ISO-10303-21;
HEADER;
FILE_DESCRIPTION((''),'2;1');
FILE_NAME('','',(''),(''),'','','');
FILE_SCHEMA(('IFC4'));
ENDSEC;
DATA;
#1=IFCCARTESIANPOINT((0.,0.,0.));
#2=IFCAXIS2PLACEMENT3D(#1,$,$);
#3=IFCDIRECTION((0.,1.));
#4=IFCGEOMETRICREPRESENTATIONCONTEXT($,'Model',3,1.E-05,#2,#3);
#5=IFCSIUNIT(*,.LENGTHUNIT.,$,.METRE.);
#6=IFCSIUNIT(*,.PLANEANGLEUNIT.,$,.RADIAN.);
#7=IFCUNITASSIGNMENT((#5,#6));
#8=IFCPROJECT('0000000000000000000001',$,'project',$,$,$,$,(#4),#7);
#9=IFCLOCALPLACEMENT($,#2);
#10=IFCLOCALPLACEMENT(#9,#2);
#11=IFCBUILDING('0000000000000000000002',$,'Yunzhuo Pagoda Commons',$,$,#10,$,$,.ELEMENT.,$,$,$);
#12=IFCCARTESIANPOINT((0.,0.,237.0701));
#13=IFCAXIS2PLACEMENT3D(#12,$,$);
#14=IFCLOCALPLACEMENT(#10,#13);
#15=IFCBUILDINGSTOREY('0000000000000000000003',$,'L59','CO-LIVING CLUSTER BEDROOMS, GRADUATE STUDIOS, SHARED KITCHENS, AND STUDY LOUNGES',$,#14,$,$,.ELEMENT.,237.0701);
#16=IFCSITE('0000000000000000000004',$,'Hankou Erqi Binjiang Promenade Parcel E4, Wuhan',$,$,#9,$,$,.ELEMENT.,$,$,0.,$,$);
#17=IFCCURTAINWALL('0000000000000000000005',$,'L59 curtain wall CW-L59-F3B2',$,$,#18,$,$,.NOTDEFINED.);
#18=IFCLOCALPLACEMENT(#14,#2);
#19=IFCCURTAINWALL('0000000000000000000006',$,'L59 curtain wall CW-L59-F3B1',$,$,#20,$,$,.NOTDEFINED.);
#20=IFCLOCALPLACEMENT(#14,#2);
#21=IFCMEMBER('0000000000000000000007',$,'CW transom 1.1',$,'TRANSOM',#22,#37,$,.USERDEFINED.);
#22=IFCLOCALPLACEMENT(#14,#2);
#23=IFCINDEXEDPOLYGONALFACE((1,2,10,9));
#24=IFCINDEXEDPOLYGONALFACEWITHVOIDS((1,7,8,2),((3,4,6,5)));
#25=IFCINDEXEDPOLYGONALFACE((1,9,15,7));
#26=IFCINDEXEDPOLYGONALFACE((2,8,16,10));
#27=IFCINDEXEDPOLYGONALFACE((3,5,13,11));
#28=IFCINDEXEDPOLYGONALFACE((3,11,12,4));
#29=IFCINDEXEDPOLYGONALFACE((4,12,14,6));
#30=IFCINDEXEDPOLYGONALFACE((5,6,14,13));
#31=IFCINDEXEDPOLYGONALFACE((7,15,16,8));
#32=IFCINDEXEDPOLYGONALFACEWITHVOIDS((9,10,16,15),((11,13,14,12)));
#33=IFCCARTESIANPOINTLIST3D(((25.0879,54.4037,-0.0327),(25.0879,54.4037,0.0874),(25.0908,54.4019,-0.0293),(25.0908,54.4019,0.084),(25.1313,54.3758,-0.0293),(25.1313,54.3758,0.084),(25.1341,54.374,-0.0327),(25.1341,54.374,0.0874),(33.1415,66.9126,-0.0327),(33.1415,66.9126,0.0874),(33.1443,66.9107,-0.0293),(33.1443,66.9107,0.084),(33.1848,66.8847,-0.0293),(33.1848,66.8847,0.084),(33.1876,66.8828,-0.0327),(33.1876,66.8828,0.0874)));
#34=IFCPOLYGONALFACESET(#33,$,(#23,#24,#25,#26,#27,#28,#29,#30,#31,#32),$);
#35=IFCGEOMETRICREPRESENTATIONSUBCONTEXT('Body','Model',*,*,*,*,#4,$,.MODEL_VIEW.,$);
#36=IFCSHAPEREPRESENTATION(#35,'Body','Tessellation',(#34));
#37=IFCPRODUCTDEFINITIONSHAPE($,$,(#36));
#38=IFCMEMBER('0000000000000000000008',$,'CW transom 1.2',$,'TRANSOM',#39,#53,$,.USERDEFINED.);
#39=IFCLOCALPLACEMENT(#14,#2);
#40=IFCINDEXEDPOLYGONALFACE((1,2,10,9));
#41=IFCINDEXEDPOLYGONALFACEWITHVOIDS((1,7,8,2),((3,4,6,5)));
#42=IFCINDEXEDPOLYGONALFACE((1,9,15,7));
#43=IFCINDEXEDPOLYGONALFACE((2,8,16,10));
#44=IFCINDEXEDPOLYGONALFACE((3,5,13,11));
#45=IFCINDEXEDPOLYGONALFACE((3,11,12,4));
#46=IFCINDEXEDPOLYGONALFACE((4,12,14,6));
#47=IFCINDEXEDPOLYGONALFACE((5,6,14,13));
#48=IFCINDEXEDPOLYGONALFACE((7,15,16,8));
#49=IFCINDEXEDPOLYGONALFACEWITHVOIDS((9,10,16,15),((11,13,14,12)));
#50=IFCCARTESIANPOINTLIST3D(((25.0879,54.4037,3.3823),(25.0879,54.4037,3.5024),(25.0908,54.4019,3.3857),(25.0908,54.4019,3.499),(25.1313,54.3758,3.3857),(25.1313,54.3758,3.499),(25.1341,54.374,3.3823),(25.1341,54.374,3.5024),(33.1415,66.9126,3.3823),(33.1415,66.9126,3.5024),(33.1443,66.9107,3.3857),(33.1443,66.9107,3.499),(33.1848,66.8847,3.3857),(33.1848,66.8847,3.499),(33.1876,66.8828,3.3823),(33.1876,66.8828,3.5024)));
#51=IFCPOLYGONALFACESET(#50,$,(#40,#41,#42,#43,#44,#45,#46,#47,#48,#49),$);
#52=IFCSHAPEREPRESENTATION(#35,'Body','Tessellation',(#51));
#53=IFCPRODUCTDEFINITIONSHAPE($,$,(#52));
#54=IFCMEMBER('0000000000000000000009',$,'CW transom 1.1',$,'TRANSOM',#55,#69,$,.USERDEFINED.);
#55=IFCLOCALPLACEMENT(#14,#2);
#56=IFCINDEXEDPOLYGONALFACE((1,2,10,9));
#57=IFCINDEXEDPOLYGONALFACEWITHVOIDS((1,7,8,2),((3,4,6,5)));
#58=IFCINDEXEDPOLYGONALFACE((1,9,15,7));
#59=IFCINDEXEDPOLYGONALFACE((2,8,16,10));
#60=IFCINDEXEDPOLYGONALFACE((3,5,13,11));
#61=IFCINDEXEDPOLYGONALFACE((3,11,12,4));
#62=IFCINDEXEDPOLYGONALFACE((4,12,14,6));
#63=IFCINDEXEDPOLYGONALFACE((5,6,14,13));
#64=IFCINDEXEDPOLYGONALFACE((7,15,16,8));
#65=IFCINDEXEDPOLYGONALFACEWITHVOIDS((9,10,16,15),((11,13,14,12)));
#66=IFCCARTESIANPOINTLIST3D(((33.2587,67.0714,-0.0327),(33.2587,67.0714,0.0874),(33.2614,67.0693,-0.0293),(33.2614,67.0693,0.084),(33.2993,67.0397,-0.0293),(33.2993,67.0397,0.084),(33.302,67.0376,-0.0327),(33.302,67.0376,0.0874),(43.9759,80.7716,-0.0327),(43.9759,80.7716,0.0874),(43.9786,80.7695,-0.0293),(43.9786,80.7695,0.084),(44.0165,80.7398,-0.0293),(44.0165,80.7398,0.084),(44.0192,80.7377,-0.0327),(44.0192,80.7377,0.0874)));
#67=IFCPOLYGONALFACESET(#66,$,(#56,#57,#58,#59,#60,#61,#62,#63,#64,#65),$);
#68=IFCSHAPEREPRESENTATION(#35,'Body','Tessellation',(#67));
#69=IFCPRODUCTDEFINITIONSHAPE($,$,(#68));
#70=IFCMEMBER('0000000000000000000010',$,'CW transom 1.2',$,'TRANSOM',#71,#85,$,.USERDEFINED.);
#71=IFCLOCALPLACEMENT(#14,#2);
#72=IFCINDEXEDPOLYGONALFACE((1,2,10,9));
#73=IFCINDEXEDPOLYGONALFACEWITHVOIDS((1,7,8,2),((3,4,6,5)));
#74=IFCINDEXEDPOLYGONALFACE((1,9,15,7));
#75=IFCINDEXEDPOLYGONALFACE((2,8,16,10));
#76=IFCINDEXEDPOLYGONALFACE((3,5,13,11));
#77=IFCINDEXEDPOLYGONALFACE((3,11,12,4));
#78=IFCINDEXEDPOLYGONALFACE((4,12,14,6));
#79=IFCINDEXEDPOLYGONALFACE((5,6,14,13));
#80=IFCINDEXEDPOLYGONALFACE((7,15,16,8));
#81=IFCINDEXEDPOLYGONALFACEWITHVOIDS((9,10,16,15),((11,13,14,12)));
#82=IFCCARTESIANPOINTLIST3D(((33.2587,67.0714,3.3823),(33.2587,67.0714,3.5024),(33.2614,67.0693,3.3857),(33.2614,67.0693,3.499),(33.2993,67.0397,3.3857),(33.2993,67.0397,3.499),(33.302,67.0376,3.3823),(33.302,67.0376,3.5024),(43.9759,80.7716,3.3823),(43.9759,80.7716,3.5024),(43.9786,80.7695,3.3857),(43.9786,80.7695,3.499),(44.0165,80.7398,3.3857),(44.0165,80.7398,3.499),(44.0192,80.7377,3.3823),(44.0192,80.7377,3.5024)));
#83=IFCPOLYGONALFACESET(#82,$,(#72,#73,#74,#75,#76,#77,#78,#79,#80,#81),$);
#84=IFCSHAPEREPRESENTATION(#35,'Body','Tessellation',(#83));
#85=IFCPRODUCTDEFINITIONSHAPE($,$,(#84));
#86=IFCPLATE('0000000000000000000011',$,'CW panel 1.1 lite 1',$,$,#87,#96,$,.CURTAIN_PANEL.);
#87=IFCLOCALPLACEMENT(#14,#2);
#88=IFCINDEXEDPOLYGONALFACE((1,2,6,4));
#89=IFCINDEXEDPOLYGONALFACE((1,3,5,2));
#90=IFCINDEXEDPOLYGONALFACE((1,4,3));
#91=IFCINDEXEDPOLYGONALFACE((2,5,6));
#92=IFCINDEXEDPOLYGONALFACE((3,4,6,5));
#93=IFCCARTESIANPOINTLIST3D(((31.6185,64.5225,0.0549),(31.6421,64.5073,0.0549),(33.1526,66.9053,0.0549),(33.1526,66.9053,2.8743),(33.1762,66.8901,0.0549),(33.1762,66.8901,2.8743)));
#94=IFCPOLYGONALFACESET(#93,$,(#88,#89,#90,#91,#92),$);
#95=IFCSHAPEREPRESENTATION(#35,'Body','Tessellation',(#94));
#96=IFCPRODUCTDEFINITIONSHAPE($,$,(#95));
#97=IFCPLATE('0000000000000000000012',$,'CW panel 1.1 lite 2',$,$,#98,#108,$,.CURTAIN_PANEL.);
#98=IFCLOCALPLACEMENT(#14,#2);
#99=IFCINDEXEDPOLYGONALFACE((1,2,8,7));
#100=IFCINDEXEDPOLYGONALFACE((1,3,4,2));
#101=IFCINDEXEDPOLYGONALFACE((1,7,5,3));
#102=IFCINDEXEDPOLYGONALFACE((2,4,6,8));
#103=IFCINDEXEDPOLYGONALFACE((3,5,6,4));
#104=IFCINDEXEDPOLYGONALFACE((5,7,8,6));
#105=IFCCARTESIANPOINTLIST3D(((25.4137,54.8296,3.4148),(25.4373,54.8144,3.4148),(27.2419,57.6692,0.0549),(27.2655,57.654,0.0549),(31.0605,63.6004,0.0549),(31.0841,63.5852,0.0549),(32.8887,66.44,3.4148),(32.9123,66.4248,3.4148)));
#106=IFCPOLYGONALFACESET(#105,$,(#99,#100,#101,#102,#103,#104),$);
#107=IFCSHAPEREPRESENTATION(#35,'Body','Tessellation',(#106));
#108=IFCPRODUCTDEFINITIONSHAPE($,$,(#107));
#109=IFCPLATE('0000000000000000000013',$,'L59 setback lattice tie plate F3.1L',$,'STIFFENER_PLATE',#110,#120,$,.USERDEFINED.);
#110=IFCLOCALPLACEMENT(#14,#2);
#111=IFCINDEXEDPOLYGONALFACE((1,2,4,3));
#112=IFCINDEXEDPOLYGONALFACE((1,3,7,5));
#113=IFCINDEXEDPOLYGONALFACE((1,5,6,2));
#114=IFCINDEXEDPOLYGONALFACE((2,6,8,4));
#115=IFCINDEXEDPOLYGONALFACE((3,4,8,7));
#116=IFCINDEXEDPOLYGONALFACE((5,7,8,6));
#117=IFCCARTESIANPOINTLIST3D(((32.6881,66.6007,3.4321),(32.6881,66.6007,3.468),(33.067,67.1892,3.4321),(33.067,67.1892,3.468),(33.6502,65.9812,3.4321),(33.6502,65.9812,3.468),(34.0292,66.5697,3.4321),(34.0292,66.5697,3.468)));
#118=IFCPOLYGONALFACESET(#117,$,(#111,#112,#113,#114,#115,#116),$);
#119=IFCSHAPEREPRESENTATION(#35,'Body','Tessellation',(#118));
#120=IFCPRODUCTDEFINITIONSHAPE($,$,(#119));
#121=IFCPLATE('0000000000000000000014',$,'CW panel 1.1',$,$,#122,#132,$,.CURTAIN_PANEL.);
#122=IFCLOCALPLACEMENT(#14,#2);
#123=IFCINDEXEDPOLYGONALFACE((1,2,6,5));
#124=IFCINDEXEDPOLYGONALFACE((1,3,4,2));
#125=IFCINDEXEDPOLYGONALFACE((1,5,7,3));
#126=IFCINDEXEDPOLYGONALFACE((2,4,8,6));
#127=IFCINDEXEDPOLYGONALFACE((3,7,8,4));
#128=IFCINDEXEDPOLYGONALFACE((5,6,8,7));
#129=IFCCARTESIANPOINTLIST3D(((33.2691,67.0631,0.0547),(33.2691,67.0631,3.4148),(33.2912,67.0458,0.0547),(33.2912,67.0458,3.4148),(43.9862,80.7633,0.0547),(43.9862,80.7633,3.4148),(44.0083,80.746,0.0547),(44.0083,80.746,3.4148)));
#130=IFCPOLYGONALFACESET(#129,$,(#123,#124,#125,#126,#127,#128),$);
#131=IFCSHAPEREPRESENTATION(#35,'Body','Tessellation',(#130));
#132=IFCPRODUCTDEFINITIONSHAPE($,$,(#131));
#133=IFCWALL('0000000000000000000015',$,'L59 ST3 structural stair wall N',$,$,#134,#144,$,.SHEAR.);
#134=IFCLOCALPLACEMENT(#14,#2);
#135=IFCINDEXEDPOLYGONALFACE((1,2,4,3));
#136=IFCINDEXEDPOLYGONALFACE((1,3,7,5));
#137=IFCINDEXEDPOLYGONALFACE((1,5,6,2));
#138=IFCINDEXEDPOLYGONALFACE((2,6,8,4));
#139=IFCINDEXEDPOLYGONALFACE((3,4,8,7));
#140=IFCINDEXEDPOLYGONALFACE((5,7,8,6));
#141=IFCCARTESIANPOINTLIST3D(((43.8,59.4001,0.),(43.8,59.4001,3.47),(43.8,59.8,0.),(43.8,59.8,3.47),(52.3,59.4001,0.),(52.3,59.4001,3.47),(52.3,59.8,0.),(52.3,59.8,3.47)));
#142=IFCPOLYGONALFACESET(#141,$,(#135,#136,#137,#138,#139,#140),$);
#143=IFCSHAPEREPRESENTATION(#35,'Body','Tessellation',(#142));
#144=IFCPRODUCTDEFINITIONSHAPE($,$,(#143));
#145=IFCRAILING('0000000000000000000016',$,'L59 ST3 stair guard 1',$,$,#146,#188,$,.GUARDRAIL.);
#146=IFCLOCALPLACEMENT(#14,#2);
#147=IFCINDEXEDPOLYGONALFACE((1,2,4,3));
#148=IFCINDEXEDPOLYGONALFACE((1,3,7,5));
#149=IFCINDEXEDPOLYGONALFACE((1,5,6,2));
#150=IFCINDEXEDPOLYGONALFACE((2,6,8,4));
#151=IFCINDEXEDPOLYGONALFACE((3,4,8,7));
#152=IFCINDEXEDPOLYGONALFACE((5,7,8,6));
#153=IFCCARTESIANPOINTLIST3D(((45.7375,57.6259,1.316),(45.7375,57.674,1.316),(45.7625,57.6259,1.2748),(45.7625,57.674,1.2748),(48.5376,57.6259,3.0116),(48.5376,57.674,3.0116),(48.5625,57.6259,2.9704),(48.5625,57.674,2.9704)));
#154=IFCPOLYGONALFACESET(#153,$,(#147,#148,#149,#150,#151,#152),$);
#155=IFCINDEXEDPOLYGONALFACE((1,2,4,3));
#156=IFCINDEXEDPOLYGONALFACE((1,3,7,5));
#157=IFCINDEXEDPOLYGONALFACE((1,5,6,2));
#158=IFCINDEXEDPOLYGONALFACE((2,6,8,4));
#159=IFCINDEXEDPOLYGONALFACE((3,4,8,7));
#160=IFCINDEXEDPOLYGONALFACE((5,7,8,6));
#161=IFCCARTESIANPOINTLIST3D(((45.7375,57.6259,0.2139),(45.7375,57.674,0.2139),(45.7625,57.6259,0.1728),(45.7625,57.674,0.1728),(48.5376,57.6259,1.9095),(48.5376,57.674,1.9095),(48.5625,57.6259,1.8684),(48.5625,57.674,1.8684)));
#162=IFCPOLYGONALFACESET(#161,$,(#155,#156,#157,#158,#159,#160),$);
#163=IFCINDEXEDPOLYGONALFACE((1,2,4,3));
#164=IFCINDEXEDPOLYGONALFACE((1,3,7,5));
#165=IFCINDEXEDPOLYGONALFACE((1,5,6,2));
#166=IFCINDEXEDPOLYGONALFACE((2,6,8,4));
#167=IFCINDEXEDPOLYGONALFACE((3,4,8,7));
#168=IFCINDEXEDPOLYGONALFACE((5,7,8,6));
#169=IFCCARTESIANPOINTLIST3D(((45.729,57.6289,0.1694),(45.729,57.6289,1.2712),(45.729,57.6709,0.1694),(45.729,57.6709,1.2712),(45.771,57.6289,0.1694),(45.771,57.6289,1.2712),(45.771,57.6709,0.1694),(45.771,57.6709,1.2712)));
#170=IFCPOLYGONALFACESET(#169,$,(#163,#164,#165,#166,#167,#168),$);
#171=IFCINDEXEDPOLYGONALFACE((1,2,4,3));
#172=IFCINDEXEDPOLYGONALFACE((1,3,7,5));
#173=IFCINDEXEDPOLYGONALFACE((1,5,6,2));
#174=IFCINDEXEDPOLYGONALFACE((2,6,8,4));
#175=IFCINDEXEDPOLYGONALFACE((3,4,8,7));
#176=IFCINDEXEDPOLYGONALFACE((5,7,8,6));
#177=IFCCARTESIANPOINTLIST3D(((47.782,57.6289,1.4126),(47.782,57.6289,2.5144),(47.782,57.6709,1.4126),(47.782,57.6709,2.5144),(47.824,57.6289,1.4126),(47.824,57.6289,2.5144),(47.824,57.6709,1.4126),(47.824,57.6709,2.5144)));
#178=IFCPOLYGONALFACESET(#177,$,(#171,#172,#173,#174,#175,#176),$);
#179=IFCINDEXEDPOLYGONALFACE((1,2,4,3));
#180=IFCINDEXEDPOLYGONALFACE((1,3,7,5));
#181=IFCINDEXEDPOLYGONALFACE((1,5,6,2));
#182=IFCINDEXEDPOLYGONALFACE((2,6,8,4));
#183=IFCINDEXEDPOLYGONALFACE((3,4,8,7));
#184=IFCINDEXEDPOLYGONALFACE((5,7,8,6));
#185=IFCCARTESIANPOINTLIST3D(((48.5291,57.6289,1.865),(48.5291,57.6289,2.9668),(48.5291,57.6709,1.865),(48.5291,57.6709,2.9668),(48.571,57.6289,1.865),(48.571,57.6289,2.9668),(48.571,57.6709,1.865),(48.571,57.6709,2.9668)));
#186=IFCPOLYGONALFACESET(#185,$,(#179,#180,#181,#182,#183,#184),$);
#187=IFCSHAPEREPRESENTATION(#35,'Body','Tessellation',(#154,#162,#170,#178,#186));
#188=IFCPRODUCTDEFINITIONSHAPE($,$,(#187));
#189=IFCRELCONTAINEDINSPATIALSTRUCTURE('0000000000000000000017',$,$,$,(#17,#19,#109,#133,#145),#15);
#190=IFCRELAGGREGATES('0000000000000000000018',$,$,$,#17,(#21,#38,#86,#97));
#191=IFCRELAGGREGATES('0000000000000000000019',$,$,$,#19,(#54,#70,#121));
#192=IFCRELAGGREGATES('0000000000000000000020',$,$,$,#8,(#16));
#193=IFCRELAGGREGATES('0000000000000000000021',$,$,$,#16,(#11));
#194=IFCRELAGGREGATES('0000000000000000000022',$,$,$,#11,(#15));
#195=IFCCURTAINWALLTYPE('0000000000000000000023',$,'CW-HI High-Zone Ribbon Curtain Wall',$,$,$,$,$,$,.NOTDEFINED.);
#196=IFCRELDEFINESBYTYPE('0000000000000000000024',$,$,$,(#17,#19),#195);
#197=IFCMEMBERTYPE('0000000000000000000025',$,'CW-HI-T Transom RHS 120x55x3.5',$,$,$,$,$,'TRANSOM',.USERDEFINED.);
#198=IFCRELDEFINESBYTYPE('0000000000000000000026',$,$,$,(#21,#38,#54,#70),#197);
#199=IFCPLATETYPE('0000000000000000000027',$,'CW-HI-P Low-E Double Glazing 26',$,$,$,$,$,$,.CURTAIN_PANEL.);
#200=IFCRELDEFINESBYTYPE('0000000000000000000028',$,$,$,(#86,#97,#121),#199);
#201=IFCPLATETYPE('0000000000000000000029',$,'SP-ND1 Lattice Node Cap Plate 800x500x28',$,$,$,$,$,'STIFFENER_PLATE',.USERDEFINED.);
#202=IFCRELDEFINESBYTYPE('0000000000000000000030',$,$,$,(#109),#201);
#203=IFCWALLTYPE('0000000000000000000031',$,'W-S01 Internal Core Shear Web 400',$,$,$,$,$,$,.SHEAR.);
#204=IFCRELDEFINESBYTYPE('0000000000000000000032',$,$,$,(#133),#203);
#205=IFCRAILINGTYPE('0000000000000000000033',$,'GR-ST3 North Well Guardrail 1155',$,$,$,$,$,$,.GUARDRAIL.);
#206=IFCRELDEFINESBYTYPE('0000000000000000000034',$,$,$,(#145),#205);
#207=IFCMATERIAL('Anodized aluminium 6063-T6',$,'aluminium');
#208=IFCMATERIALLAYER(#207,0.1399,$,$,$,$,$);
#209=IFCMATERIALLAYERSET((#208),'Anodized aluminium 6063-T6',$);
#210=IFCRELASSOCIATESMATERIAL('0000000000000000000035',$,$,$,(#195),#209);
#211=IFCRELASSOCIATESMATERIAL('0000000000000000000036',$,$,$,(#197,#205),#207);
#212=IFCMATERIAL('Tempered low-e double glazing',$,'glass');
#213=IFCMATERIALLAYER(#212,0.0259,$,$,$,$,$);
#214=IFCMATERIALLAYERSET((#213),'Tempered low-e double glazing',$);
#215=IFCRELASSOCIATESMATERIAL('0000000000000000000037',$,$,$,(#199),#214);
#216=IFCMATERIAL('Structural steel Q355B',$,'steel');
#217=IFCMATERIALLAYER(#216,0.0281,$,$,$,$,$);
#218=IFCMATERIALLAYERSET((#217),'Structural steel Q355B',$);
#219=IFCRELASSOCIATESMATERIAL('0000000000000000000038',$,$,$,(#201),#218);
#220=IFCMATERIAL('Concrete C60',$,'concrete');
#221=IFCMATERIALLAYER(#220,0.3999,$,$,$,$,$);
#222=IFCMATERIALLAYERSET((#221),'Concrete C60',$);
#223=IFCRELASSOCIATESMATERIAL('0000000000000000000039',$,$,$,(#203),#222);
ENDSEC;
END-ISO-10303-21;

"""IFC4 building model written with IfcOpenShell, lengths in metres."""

from ifc_helpers import new_model, si_unit, direction, frame, frame_2d, origin, origin_2d, place, context, subcontext, project, spatial, polyline, rectangle, hollow_rectangle, outline, extrude, source, transform, mapped, material, layer, layer_set, material_profile, profile_set, type_object, element, aggregate, save


model = new_model("IFC4")

# Units and contexts
model_context = context("Model", 3, precision=1e-05, world=origin(), true_north=direction((0.0, 1.0)))
body_context = subcontext(model_context, "Body", "Model", "MODEL_VIEW")
ifc_project = project(units=[si_unit("LENGTHUNIT", "METRE"), si_unit("PLANEANGLEUNIT", "RADIAN")], contexts=[model_context])

# Site, building, storey
site_placement = place(None, origin())
site = spatial("IfcSite", under=ifc_project, at=site_placement, Name="Hankou Erqi Binjiang Promenade Parcel E4, Wuhan", CompositionType="ELEMENT", RefElevation=0.0)
building_placement = place(site_placement, origin())
building = spatial("IfcBuilding", under=site, at=building_placement, Name="Yunzhuo Pagoda Commons", CompositionType="ELEMENT")
storey_placement = place(building_placement, frame((0.0, 0.0, 237.0701)))
storey = spatial("IfcBuildingStorey", under=building, at=storey_placement, Name="L59", Description="CO-LIVING CLUSTER BEDROOMS, GRADUATE STUDIOS, SHARED KITCHENS, AND STUDY LOUNGES", CompositionType="ELEMENT", Elevation=237.0701)

# Shared definitions
ifc_material_1 = material(Name="Structural steel Q355B", Category="steel")

# Curtain wall
ifc_material_2 = material(Name="Anodized aluminium 6063-T6", Category="aluminium")
ifc_layer_1 = layer(ifc_material_2, 0.1399)
ifc_layer_set_1 = layer_set([ifc_layer_1], Name="Anodized aluminium 6063-T6")
curtain_wall_type = type_object("IfcCurtainWallType", Name="CW-HI High-Zone Ribbon Curtain Wall", PredefinedType="NOTDEFINED", material=ifc_layer_set_1)
curtain_wall_1_placement = place(storey_placement, origin())
curtain_wall_1 = element("IfcCurtainWall", 1, at=curtain_wall_1_placement, inside=storey, type_object=curtain_wall_type, Name="L59 curtain wall CW-L59-F3B2", PredefinedType="NOTDEFINED")

# Curtain wall
curtain_wall_2_placement = place(storey_placement, origin())
curtain_wall_2 = element("IfcCurtainWall", 2, at=curtain_wall_2_placement, inside=storey, type_object=curtain_wall_type, Name="L59 curtain wall CW-L59-F3B1", PredefinedType="NOTDEFINED")

# Members
ifc_material_profile_1 = material_profile(ifc_material_2, hollow_rectangle(XDim=0.0549, YDim=0.1201, WallThickness=0.0034, at=origin_2d()), Name="Anodized aluminium 6063-T6")
ifc_profile_set_1 = profile_set([ifc_material_profile_1], Name="Anodized aluminium 6063-T6")
member_type_1 = type_object("IfcMemberType", Name="CW-HI-T Transom RHS 120x55x3.5", ElementType="TRANSOM", PredefinedType="USERDEFINED", material=ifc_profile_set_1)
shared_shape_1 = source(origin(), body_context, "Body", "SweptSolid", [
    extrude(hollow_rectangle(XDim=0.0549, YDim=0.1201, WallThickness=0.0034, at=origin_2d()), origin(), (0.0, 0.0, 1.0), 14.8772),
])
member_1_placement = place(storey_placement, frame((33.1646, 66.8977, 0.0273), z_axis=(-0.541333, -0.840808, 0.0), x_axis=(0.840808, -0.541333, 0.0)))
member_1 = element("IfcMember", 3, at=member_1_placement, type_object=member_type_1, Name="CW transom 1.1", ObjectType="TRANSOM", PredefinedType="USERDEFINED", context=body_context, shape_type="MappedRepresentation", body=[
    mapped(shared_shape_1, transform((0.0, 0.0, 0.0), scale=1.0)),
])
member_2_placement = place(storey_placement, frame((33.1646, 66.8977, 3.4424), z_axis=(-0.541333, -0.840808, 0.0), x_axis=(0.840808, -0.541333, 0.0)))
member_2 = element("IfcMember", 4, at=member_2_placement, type_object=member_type_1, Name="CW transom 1.2", ObjectType="TRANSOM", PredefinedType="USERDEFINED", context=body_context, shape_type="MappedRepresentation", body=[
    mapped(shared_shape_1, transform((0.0, 0.0, 0.0), scale=1.0)),
])
shared_shape_2 = source(origin(), body_context, "Body", "SweptSolid", [
    extrude(hollow_rectangle(XDim=0.0549, YDim=0.1201, WallThickness=0.0034, at=origin_2d()), origin(), (0.0, 0.0, 1.0), 17.394),
])
member_3_placement = place(storey_placement, frame((43.9976, 80.7546, 0.0273), z_axis=(-0.616144, -0.787634, 0.0), x_axis=(0.787634, -0.616144, 0.0)))
member_3 = element("IfcMember", 5, at=member_3_placement, type_object=member_type_1, Name="CW transom 1.1", ObjectType="TRANSOM", PredefinedType="USERDEFINED", context=body_context, shape_type="MappedRepresentation", body=[
    mapped(shared_shape_2, transform((0.0, 0.0, 0.0), scale=1.0)),
])
member_4_placement = place(storey_placement, frame((43.9976, 80.7546, 3.4424), z_axis=(-0.616144, -0.787634, 0.0), x_axis=(0.787634, -0.616144, 0.0)))
member_4 = element("IfcMember", 6, at=member_4_placement, type_object=member_type_1, Name="CW transom 1.2", ObjectType="TRANSOM", PredefinedType="USERDEFINED", context=body_context, shape_type="MappedRepresentation", body=[
    mapped(shared_shape_2, transform((0.0, 0.0, 0.0), scale=1.0)),
])

# Plates
ifc_material_3 = material(Name="Tempered low-e double glazing", Category="glass")
ifc_layer_2 = layer(ifc_material_3, 0.0259)
ifc_layer_set_2 = layer_set([ifc_layer_2], Name="Tempered low-e double glazing")
plate_type_1 = type_object("IfcPlateType", Name="CW-HI-P Low-E Double Glazing 26", PredefinedType="CURTAIN_PANEL", material=ifc_layer_set_2)
plate_1_placement = place(storey_placement, frame((32.4092, 65.6987, 1.4646), z_axis=(-0.840807, 0.541334, 0.0), x_axis=(-0.541334, -0.840807, 0.0)))
plate_1 = element("IfcPlate", 7, at=plate_1_placement, type_object=plate_type_1, Name="CW panel 1.1 lite 1", PredefinedType="CURTAIN_PANEL", context=body_context, shape_type="SweptSolid", body=[
    extrude(outline(polyline([(-1.417, -1.4097), (1.417, -1.4097), (-1.417, 1.4097), (-1.417, -1.4097)])), origin(), (0.0, 0.0, 1.0), 0.0281),
])
plate_2_placement = place(storey_placement, frame((29.1748, 60.6196, 1.7349), z_axis=(-0.840807, 0.541334, 0.0), x_axis=(-0.541334, -0.840807, 0.0)))
plate_2 = element("IfcPlate", 8, at=plate_2_placement, type_object=plate_type_1, Name="CW panel 1.1 lite 2", PredefinedType="CURTAIN_PANEL", context=body_context, shape_type="SweptSolid", body=[
    extrude(outline(polyline([(-6.9043, 1.6799), (-3.5271, -1.6799), (3.5271, -1.6799), (6.9043, 1.6799), (-6.9043, 1.6799)])), origin(), (0.0, 0.0, 1.0), 0.0281),
])
aggregate(curtain_wall_1, [member_1, member_2, plate_1, plate_2])
ifc_layer_3 = layer(ifc_material_1, 0.0281)
ifc_layer_set_3 = layer_set([ifc_layer_3], Name="Structural steel Q355B")
plate_type_2 = type_object("IfcPlateType", Name="SP-ND1 Lattice Node Cap Plate 800x500x28", ElementType="STIFFENER_PLATE", PredefinedType="USERDEFINED", material=ifc_layer_set_3)
shared_shape_3 = source(origin(), body_context, "Body", "SweptSolid", [
    extrude(rectangle(XDim=0.7, YDim=1.1443, at=origin_2d()), origin(), (0.0, 0.0, 1.0), 0.0359),
])
plate_3_placement = place(storey_placement, frame((33.3586, 66.5852, 3.4321), z_axis=(0.0, 0.0, 1.0), x_axis=(-0.541341, -0.840803, 0.0)))
element("IfcPlate", 9, at=plate_3_placement, inside=storey, type_object=plate_type_2, Name="L59 setback lattice tie plate F3.1L", ObjectType="STIFFENER_PLATE", PredefinedType="USERDEFINED", context=body_context, shape_type="MappedRepresentation", body=[
    mapped(shared_shape_3, transform((0.0, 0.0, 0.0), scale=1.0)),
])
shared_shape_4 = source(origin(), body_context, "Body", "SweptSolid", [
    extrude(rectangle(XDim=17.394, YDim=0.0281, at=origin_2d()), origin(), (0.0, 0.0, 1.0), 3.3601),
])
plate_4_placement = place(storey_placement, frame((38.6387, 73.9045, 0.0547), z_axis=(0.0, 0.0, 1.0), x_axis=(-0.616136, -0.787639, 0.0)))
plate_4 = element("IfcPlate", 10, at=plate_4_placement, type_object=plate_type_1, Name="CW panel 1.1", PredefinedType="CURTAIN_PANEL", context=body_context, shape_type="MappedRepresentation", body=[
    mapped(shared_shape_4, transform((0.0, 0.0, 0.0), scale=1.0)),
])
aggregate(curtain_wall_2, [member_3, member_4, plate_4])

# Wall
ifc_material_4 = material(Name="Concrete C60", Category="concrete")
ifc_layer_4 = layer(ifc_material_4, 0.3999)
ifc_layer_set_4 = layer_set([ifc_layer_4], Name="Concrete C60")
wall_type = type_object("IfcWallType", Name="W-S01 Internal Core Shear Web 400", PredefinedType="SHEAR", material=ifc_layer_set_4)
wall_placement = place(storey_placement, frame((43.8, 59.6001, 0.0), z_axis=(0.0, 0.0, 1.0), x_axis=(1.0, 0.0, 0.0)))
element("IfcWall", 11, at=wall_placement, inside=storey, type_object=wall_type, Name="L59 ST3 structural stair wall N", PredefinedType="SHEAR", context=body_context, shape_type="SweptSolid", body=[
    extrude(rectangle(XDim=8.5, YDim=0.3999, at=frame_2d((4.25, 0.0))), origin(), (0.0, 0.0, 1.0), 3.47),
])

# Railing
railing_type = type_object("IfcRailingType", Name="GR-ST3 North Well Guardrail 1155", PredefinedType="GUARDRAIL", material=ifc_material_2)
railing_1_placement = place(storey_placement, frame((45.75, 57.6499, 0.1694)))
element("IfcRailing", 12, at=railing_1_placement, inside=storey, type_object=railing_type, Name="L59 ST3 stair guard 1", PredefinedType="GUARDRAIL", context=body_context, shape_type="SweptSolid", body=[
    extrude(rectangle(XDim=0.0481, YDim=0.0481, at=origin_2d()), frame((0.0, 0.0, 1.126), z_axis=(0.855393, 0.0, 0.517979), x_axis=(0.0, 1.0, 0.0)), (0.0, 0.0, 1.0), 3.2734),
    extrude(rectangle(XDim=0.0481, YDim=0.0481, at=origin_2d()), frame((0.0, 0.0, 0.0239), z_axis=(0.855393, 0.0, 0.517979), x_axis=(0.0, 1.0, 0.0)), (0.0, 0.0, 1.0), 3.2734),
    extrude(rectangle(XDim=0.042, YDim=0.042, at=origin_2d()), origin(), (0.0, 0.0, 1.0), 1.1018),
    extrude(rectangle(XDim=0.042, YDim=0.042, at=origin_2d()), frame((2.053, 0.0, 1.2432)), (0.0, 0.0, 1.0), 1.1018),
    extrude(rectangle(XDim=0.042, YDim=0.042, at=origin_2d()), frame((2.8, 0.0, 1.6956)), (0.0, 0.0, 1.0), 1.1018),
])

save(model, "model.ifc")
